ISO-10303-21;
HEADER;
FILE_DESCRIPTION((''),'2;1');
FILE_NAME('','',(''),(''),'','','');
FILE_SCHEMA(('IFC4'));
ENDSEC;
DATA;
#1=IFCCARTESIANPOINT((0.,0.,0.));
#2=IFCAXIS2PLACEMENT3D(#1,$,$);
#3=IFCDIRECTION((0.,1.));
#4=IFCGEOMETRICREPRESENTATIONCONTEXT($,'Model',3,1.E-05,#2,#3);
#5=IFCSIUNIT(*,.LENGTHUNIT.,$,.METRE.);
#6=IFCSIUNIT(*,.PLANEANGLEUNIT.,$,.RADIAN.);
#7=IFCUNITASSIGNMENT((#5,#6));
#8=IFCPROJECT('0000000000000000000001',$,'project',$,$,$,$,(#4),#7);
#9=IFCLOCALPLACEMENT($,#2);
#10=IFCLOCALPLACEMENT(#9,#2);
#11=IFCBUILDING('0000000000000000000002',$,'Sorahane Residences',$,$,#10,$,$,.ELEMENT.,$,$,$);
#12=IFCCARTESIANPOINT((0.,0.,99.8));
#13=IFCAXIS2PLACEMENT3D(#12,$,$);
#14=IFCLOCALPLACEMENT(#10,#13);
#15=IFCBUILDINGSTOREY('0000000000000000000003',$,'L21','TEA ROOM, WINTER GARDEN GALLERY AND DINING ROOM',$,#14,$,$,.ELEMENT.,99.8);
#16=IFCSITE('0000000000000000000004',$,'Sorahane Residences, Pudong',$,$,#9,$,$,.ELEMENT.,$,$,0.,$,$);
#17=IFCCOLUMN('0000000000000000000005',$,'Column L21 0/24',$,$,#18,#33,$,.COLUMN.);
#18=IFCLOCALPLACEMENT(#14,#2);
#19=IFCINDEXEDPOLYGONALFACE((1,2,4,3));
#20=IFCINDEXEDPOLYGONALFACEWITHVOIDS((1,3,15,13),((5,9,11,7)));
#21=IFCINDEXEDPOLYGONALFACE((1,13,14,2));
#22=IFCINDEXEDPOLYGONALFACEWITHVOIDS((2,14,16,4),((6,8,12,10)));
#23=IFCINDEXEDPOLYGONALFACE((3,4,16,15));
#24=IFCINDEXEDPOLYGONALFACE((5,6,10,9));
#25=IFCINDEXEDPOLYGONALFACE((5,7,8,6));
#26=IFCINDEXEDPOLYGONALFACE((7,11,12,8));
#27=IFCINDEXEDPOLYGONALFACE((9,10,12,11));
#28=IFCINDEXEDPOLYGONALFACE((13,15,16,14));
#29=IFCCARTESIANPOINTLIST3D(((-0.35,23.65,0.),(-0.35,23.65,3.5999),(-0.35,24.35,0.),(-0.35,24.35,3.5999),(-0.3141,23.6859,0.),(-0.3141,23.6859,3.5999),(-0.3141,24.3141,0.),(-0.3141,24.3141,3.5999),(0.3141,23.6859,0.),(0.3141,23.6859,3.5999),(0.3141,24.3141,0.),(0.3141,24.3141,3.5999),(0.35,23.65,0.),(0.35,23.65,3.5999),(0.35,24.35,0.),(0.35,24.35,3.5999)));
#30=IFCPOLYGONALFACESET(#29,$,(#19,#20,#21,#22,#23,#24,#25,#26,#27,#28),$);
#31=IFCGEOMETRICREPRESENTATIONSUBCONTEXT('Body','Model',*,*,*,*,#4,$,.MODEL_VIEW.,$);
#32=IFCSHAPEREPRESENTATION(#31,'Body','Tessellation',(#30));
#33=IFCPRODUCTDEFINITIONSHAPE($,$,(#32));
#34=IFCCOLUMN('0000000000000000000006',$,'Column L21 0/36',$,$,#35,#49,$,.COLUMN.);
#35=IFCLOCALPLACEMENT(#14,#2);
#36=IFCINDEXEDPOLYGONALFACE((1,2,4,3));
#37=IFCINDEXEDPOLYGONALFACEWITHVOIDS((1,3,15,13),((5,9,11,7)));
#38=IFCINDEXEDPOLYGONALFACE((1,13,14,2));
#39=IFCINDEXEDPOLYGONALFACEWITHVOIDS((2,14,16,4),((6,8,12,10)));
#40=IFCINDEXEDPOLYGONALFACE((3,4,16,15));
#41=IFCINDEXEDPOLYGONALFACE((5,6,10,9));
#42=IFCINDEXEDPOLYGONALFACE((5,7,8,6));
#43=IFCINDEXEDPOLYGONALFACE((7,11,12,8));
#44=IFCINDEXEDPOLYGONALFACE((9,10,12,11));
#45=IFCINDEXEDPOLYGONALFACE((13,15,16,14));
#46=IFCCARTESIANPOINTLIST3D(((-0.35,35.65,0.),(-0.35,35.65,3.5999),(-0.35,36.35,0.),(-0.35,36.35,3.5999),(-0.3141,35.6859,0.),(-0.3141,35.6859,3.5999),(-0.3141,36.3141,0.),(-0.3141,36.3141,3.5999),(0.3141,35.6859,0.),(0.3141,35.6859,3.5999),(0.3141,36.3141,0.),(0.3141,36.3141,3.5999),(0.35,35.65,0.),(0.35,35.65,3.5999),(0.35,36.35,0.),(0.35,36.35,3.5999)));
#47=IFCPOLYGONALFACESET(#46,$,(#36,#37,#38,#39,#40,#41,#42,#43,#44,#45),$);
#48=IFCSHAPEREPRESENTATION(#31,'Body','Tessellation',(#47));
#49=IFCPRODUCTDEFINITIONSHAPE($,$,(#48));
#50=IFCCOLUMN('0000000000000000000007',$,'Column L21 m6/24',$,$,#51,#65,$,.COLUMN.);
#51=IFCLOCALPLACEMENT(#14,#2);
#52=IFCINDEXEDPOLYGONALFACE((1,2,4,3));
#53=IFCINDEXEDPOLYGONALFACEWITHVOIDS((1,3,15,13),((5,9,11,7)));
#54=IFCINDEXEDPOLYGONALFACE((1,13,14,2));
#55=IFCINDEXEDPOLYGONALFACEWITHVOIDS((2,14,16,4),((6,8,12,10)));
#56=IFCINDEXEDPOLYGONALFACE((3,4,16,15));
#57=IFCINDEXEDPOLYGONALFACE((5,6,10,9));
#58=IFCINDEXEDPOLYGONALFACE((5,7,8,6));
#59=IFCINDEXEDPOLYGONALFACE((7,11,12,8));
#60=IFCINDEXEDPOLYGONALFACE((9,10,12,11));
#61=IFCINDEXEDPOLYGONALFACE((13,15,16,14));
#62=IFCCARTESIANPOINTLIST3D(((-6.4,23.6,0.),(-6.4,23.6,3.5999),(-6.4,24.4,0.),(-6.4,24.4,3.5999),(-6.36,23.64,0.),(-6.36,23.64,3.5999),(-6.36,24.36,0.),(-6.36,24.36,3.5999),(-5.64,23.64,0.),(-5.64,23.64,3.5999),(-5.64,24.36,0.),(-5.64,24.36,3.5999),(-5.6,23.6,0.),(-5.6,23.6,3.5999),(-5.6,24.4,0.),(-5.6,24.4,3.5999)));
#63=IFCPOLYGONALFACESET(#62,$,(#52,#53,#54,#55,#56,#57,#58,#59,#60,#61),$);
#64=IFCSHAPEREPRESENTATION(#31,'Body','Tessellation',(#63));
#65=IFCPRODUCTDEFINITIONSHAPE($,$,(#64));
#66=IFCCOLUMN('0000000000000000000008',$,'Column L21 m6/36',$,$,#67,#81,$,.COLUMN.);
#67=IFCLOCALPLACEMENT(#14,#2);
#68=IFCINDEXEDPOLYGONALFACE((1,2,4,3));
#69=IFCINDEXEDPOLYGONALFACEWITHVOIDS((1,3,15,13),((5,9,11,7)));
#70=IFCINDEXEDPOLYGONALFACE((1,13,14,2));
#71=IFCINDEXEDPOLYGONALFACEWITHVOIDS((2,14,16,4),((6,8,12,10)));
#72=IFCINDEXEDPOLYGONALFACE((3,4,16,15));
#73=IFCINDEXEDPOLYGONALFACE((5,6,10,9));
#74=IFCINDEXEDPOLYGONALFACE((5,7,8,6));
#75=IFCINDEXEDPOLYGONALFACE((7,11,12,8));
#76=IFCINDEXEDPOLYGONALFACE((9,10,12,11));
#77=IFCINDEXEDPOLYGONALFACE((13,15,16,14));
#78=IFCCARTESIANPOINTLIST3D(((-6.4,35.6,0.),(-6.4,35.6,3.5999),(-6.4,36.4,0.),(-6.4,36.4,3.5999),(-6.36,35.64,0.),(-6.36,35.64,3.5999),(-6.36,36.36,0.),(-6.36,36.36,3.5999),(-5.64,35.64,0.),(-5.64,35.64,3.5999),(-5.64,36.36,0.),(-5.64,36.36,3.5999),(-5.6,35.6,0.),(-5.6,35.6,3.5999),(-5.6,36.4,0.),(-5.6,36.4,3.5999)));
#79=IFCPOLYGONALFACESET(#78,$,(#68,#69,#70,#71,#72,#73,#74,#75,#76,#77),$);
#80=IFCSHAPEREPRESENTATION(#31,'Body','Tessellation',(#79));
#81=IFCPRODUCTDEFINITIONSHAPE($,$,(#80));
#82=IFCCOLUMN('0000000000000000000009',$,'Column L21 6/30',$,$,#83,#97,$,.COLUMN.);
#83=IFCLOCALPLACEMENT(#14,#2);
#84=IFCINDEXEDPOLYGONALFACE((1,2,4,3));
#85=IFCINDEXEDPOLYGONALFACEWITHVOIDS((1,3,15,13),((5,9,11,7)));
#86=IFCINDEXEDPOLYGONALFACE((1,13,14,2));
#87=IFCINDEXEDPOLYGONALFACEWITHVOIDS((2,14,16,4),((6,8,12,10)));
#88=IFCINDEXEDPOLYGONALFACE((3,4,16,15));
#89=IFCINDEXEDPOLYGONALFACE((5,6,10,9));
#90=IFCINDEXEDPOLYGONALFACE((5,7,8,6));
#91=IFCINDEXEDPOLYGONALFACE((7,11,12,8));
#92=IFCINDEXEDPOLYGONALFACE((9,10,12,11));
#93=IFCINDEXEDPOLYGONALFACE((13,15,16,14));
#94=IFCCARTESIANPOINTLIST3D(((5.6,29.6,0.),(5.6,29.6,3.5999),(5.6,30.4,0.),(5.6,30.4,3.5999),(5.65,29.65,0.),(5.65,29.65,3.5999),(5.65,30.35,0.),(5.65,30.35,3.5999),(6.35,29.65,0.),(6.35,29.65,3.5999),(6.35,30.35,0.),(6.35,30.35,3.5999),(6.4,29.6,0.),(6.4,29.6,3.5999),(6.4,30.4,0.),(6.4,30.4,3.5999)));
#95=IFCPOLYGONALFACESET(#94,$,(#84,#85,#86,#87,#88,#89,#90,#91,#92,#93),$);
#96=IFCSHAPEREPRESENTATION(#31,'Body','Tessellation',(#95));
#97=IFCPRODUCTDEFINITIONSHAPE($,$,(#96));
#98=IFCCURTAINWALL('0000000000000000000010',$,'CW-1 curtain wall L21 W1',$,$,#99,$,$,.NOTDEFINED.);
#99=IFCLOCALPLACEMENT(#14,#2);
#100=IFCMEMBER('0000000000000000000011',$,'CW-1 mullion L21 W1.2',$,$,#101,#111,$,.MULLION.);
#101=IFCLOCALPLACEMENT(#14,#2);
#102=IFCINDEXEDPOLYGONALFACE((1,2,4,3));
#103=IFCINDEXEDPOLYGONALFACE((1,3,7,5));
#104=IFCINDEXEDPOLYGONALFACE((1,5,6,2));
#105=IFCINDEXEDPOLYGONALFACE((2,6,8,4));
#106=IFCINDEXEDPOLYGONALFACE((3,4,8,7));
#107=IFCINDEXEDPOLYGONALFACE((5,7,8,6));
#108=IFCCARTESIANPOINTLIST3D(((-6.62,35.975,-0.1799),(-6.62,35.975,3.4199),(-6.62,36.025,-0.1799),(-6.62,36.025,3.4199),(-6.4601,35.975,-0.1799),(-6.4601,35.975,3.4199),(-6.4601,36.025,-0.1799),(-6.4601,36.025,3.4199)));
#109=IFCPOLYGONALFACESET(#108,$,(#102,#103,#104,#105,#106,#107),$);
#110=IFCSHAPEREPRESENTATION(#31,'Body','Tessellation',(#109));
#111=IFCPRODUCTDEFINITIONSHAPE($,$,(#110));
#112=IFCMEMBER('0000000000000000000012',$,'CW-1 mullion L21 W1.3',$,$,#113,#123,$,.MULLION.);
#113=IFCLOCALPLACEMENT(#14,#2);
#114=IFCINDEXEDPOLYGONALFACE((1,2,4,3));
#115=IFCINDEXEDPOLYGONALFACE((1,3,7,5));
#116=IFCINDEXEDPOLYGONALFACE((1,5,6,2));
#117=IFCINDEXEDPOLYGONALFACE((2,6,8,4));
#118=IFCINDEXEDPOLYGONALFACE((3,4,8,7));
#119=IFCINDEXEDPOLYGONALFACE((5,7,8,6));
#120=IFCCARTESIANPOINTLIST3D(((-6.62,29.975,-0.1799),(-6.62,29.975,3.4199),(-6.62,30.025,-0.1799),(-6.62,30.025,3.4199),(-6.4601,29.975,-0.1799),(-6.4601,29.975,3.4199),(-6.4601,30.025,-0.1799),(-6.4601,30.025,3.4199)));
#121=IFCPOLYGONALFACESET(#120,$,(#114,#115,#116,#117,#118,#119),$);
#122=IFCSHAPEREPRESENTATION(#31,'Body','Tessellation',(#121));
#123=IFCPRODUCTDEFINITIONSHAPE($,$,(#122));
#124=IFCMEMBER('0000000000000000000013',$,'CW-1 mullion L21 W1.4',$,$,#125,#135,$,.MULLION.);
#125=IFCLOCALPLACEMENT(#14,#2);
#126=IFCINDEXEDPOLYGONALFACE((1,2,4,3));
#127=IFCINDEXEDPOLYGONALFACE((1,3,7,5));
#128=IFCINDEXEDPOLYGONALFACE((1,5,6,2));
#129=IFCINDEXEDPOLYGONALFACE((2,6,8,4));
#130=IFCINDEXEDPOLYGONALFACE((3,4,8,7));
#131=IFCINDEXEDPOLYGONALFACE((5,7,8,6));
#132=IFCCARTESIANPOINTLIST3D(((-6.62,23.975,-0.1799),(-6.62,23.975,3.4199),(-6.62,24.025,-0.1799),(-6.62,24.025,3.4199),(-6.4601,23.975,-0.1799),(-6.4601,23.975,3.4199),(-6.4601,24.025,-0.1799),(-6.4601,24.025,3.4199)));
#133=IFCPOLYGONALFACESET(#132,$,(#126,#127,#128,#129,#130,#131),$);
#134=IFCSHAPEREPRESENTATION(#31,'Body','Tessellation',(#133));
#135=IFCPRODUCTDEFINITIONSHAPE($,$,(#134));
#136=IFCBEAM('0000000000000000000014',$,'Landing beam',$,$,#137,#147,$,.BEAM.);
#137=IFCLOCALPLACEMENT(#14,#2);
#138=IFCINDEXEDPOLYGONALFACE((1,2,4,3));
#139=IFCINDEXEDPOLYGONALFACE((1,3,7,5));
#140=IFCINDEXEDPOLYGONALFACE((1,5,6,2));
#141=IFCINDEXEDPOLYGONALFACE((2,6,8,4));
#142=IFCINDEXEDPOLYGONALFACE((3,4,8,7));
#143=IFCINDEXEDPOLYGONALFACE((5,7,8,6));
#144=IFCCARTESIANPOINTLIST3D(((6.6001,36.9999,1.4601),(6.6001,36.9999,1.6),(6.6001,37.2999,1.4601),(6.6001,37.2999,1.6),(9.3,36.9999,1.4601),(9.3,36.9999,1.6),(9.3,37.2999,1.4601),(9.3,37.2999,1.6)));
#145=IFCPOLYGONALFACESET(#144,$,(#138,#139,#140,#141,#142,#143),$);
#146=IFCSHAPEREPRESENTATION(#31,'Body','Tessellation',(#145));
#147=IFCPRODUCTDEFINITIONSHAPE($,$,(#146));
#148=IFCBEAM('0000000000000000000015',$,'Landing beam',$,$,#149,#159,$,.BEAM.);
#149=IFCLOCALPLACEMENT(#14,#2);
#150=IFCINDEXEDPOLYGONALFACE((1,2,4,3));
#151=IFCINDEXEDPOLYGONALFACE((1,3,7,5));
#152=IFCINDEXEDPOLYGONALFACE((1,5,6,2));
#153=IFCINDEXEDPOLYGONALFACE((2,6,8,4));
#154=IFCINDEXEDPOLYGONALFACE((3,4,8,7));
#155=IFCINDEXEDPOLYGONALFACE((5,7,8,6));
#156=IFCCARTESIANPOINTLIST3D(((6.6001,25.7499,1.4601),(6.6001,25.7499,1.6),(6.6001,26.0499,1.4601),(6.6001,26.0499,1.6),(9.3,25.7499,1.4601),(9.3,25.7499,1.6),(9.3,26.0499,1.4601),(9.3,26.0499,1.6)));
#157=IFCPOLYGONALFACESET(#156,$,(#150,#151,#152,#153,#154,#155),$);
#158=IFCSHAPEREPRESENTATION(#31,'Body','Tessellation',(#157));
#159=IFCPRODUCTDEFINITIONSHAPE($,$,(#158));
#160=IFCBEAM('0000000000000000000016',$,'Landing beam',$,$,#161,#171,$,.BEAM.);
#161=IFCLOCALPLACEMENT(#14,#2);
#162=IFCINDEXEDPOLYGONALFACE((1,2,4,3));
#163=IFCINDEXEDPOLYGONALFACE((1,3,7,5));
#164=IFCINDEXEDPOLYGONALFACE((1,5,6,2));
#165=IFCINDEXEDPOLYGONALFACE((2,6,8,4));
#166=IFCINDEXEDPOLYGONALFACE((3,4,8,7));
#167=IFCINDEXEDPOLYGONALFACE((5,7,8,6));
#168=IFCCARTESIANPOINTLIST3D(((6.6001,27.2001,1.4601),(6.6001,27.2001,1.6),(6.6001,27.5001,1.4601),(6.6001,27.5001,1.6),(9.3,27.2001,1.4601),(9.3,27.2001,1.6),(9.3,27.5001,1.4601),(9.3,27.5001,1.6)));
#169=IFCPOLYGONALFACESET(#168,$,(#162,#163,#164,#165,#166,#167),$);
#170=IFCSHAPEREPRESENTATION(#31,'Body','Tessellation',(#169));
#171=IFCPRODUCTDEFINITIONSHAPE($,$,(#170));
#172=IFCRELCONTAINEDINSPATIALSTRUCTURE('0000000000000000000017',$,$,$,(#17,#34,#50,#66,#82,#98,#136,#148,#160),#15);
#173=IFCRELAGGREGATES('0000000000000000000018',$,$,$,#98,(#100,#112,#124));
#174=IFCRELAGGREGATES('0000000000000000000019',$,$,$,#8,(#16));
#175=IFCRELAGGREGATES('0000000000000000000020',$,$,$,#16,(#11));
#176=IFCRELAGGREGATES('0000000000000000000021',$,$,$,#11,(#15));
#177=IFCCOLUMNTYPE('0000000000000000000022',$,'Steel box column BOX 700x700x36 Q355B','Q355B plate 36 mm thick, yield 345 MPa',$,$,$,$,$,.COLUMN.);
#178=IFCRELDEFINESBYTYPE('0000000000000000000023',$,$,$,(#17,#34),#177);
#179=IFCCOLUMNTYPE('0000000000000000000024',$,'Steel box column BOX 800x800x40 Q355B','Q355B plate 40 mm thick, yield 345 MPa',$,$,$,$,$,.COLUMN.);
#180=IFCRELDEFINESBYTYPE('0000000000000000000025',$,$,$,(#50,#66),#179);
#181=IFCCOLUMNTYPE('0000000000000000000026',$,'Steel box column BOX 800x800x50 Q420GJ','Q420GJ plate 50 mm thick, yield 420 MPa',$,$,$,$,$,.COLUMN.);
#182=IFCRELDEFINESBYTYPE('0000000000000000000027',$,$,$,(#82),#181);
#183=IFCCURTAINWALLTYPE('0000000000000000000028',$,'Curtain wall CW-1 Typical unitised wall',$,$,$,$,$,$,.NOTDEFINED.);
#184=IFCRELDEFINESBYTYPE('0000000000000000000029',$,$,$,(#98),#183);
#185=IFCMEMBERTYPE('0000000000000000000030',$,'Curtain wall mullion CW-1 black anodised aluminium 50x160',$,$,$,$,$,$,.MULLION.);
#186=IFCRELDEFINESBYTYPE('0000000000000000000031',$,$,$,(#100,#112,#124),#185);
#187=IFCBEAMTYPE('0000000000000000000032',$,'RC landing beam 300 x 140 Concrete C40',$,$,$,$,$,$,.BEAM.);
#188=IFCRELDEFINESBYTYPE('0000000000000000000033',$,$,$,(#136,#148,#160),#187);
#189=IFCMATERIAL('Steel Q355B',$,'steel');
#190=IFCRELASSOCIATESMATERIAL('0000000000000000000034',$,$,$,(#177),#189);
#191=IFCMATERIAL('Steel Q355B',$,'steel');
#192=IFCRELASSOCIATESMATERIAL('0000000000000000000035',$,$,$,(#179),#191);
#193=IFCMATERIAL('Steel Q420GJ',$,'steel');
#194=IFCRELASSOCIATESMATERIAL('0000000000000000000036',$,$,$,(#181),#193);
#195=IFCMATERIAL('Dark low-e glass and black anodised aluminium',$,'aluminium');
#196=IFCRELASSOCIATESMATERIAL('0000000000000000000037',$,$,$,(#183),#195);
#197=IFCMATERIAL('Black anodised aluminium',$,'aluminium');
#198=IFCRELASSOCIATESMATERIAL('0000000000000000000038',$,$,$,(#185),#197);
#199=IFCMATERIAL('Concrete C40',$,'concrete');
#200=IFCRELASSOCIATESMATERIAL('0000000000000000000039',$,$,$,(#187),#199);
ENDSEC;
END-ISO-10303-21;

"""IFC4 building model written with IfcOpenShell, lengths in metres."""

from ifc_helpers import new_model, si_unit, direction, frame, origin, origin_2d, place, context, subcontext, project, spatial, rectangle, hollow_rectangle, extrude, material, material_profile, profile_set, type_object, element, aggregate, save


model = new_model("IFC4")

# Units and contexts
model_context = context("Model", 3, precision=1e-05, world=origin(), true_north=direction((0.0, 1.0)))
body_context = subcontext(model_context, "Body", "Model", "MODEL_VIEW")
ifc_project = project(units=[si_unit("LENGTHUNIT", "METRE"), si_unit("PLANEANGLEUNIT", "RADIAN")], contexts=[model_context])

# Site, building, storey
site_placement = place(None, origin())
site = spatial("IfcSite", under=ifc_project, at=site_placement, Name="Sorahane Residences, Pudong", CompositionType="ELEMENT", RefElevation=0.0)
building_placement = place(site_placement, origin())
building = spatial("IfcBuilding", under=site, at=building_placement, Name="Sorahane Residences", CompositionType="ELEMENT")
storey_placement = place(building_placement, frame((0.0, 0.0, 99.8)))
storey = spatial("IfcBuildingStorey", under=building, at=storey_placement, Name="L21", Description="TEA ROOM, WINTER GARDEN GALLERY AND DINING ROOM", CompositionType="ELEMENT", Elevation=99.8)

# Columns
ifc_material_1 = material(Name="Steel Q355B", Category="steel")
ifc_material_profile_1 = material_profile(ifc_material_1, hollow_rectangle(XDim=0.7, YDim=0.7, WallThickness=0.0359, at=origin_2d()), Name="BOX 700x700x36")
ifc_profile_set_1 = profile_set([ifc_material_profile_1], Name="Steel Q355B")
column_type_1 = type_object("IfcColumnType", Name="Steel box column BOX 700x700x36 Q355B", Description="Q355B plate 36 mm thick, yield 345 MPa", PredefinedType="COLUMN", material=ifc_profile_set_1)
for number, where, z_axis, x_axis, name in (
    (1, (0.0, 24.0, 0.0), (0.0, 0.0, 1.0), (1.0, 0.0, 0.0), "Column L21 0/24"),
    (2, (0.0, 36.0, 0.0), (0.0, 0.0, 1.0), (1.0, 0.0, 0.0), "Column L21 0/36"),
):
    element("IfcColumn", number, at=place(storey_placement, frame(where, z_axis=z_axis, x_axis=x_axis)), inside=storey, type_object=column_type_1, Name=name, PredefinedType="COLUMN", context=body_context, shape_type="SweptSolid", body=[
        extrude(hollow_rectangle(XDim=0.7, YDim=0.7, WallThickness=0.0359, at=origin_2d()), origin(), (0.0, 0.0, 1.0), 3.5999),
    ])
ifc_material_2 = material(Name="Steel Q355B", Category="steel")
ifc_material_profile_2 = material_profile(ifc_material_2, hollow_rectangle(XDim=0.8, YDim=0.8, WallThickness=0.04, at=origin_2d()), Name="BOX 800x800x40")
ifc_profile_set_2 = profile_set([ifc_material_profile_2], Name="Steel Q355B")
column_type_2 = type_object("IfcColumnType", Name="Steel box column BOX 800x800x40 Q355B", Description="Q355B plate 40 mm thick, yield 345 MPa", PredefinedType="COLUMN", material=ifc_profile_set_2)
for number, where, z_axis, x_axis, name in (
    (3, (-6.0, 24.0, 0.0), (0.0, 0.0, 1.0), (1.0, 0.0, 0.0), "Column L21 m6/24"),
    (4, (-6.0, 36.0, 0.0), (0.0, 0.0, 1.0), (1.0, 0.0, 0.0), "Column L21 m6/36"),
):
    element("IfcColumn", number, at=place(storey_placement, frame(where, z_axis=z_axis, x_axis=x_axis)), inside=storey, type_object=column_type_2, Name=name, PredefinedType="COLUMN", context=body_context, shape_type="SweptSolid", body=[
        extrude(hollow_rectangle(XDim=0.8, YDim=0.8, WallThickness=0.04, at=origin_2d()), origin(), (0.0, 0.0, 1.0), 3.5999),
    ])
ifc_material_3 = material(Name="Steel Q420GJ", Category="steel")
ifc_material_profile_3 = material_profile(ifc_material_3, hollow_rectangle(XDim=0.8, YDim=0.8, WallThickness=0.05, at=origin_2d()), Name="BOX 800x800x50")
ifc_profile_set_3 = profile_set([ifc_material_profile_3], Name="Steel Q420GJ")
column_type_3 = type_object("IfcColumnType", Name="Steel box column BOX 800x800x50 Q420GJ", Description="Q420GJ plate 50 mm thick, yield 420 MPa", PredefinedType="COLUMN", material=ifc_profile_set_3)
column_placement = place(storey_placement, frame((6.0, 30.0, 0.0), z_axis=(0.0, 0.0, 1.0), x_axis=(1.0, 0.0, 0.0)))
element("IfcColumn", 5, at=column_placement, inside=storey, type_object=column_type_3, Name="Column L21 6/30", PredefinedType="COLUMN", context=body_context, shape_type="SweptSolid", body=[
    extrude(hollow_rectangle(XDim=0.8, YDim=0.8, WallThickness=0.05, at=origin_2d()), origin(), (0.0, 0.0, 1.0), 3.5999),
])

# Curtain wall, members
ifc_material_4 = material(Name="Dark low-e glass and black anodised aluminium", Category="aluminium")
curtain_wall_type = type_object("IfcCurtainWallType", Name="Curtain wall CW-1 Typical unitised wall", PredefinedType="NOTDEFINED", material=ifc_material_4)
curtain_wall_placement = place(storey_placement, origin())
curtain_wall = element("IfcCurtainWall", 6, at=curtain_wall_placement, inside=storey, type_object=curtain_wall_type, Name="CW-1 curtain wall L21 W1", PredefinedType="NOTDEFINED")
ifc_material_5 = material(Name="Black anodised aluminium", Category="aluminium")
ifc_material_profile_4 = material_profile(ifc_material_5, rectangle(XDim=0.1599, YDim=0.05, at=origin_2d()), Name="Curtain wall mullion CW-1 black anodised aluminium 50x160")
ifc_profile_set_4 = profile_set([ifc_material_profile_4], Name="Black anodised aluminium")
member_type = type_object("IfcMemberType", Name="Curtain wall mullion CW-1 black anodised aluminium 50x160", PredefinedType="MULLION", material=ifc_profile_set_4)
member_1_placement = place(storey_placement, frame((-6.54, 36.0, -0.1799), z_axis=(0.0, 0.0, 1.0), x_axis=(-1.0, 0.0, 0.0)))
member_1 = element("IfcMember", 7, at=member_1_placement, type_object=member_type, Name="CW-1 mullion L21 W1.2", PredefinedType="MULLION", context=body_context, shape_type="SweptSolid", body=[
    extrude(rectangle(XDim=0.1599, YDim=0.05, at=origin_2d()), origin(), (0.0, 0.0, 1.0), 3.5999),
])
member_2_placement = place(storey_placement, frame((-6.54, 30.0, -0.1799), z_axis=(0.0, 0.0, 1.0), x_axis=(-1.0, 0.0, 0.0)))
member_2 = element("IfcMember", 8, at=member_2_placement, type_object=member_type, Name="CW-1 mullion L21 W1.3", PredefinedType="MULLION", context=body_context, shape_type="SweptSolid", body=[
    extrude(rectangle(XDim=0.1599, YDim=0.05, at=origin_2d()), origin(), (0.0, 0.0, 1.0), 3.5999),
])
member_3_placement = place(storey_placement, frame((-6.54, 24.0, -0.1799), z_axis=(0.0, 0.0, 1.0), x_axis=(-1.0, 0.0, 0.0)))
member_3 = element("IfcMember", 9, at=member_3_placement, type_object=member_type, Name="CW-1 mullion L21 W1.4", PredefinedType="MULLION", context=body_context, shape_type="SweptSolid", body=[
    extrude(rectangle(XDim=0.1599, YDim=0.05, at=origin_2d()), origin(), (0.0, 0.0, 1.0), 3.5999),
])

# Beams
ifc_material_6 = material(Name="Concrete C40", Category="concrete")
ifc_material_profile_5 = material_profile(ifc_material_6, rectangle(XDim=0.3, YDim=0.1399, at=origin_2d()), Name="300x140")
ifc_profile_set_5 = profile_set([ifc_material_profile_5], Name="Concrete C40")
beam_type_1 = type_object("IfcBeamType", Name="RC landing beam 300 x 140 Concrete C40", PredefinedType="BEAM", material=ifc_profile_set_5)
for number, where, z_axis, x_axis, name in (
    (10, (6.6001, 37.1499, 1.53), (1.0, 0.0, 0.0), (0.0, 1.0, 0.0), "Landing beam"),
    (11, (6.6001, 25.8999, 1.53), (1.0, 0.0, 0.0), (0.0, 1.0, 0.0), "Landing beam"),
    (12, (6.6001, 27.3501, 1.53), (1.0, 0.0, 0.0), (0.0, 1.0, 0.0), "Landing beam"),
):
    element("IfcBeam", number, at=place(storey_placement, frame(where, z_axis=z_axis, x_axis=x_axis)), inside=storey, type_object=beam_type_1, Name=name, PredefinedType="BEAM", context=body_context, shape_type="SweptSolid", body=[
        extrude(rectangle(XDim=0.3, YDim=0.1399, at=origin_2d()), origin(), (0.0, 0.0, 1.0), 2.7),
    ])

aggregate(curtain_wall, [member_1, member_2, member_3])

save(model, "model.ifc")
